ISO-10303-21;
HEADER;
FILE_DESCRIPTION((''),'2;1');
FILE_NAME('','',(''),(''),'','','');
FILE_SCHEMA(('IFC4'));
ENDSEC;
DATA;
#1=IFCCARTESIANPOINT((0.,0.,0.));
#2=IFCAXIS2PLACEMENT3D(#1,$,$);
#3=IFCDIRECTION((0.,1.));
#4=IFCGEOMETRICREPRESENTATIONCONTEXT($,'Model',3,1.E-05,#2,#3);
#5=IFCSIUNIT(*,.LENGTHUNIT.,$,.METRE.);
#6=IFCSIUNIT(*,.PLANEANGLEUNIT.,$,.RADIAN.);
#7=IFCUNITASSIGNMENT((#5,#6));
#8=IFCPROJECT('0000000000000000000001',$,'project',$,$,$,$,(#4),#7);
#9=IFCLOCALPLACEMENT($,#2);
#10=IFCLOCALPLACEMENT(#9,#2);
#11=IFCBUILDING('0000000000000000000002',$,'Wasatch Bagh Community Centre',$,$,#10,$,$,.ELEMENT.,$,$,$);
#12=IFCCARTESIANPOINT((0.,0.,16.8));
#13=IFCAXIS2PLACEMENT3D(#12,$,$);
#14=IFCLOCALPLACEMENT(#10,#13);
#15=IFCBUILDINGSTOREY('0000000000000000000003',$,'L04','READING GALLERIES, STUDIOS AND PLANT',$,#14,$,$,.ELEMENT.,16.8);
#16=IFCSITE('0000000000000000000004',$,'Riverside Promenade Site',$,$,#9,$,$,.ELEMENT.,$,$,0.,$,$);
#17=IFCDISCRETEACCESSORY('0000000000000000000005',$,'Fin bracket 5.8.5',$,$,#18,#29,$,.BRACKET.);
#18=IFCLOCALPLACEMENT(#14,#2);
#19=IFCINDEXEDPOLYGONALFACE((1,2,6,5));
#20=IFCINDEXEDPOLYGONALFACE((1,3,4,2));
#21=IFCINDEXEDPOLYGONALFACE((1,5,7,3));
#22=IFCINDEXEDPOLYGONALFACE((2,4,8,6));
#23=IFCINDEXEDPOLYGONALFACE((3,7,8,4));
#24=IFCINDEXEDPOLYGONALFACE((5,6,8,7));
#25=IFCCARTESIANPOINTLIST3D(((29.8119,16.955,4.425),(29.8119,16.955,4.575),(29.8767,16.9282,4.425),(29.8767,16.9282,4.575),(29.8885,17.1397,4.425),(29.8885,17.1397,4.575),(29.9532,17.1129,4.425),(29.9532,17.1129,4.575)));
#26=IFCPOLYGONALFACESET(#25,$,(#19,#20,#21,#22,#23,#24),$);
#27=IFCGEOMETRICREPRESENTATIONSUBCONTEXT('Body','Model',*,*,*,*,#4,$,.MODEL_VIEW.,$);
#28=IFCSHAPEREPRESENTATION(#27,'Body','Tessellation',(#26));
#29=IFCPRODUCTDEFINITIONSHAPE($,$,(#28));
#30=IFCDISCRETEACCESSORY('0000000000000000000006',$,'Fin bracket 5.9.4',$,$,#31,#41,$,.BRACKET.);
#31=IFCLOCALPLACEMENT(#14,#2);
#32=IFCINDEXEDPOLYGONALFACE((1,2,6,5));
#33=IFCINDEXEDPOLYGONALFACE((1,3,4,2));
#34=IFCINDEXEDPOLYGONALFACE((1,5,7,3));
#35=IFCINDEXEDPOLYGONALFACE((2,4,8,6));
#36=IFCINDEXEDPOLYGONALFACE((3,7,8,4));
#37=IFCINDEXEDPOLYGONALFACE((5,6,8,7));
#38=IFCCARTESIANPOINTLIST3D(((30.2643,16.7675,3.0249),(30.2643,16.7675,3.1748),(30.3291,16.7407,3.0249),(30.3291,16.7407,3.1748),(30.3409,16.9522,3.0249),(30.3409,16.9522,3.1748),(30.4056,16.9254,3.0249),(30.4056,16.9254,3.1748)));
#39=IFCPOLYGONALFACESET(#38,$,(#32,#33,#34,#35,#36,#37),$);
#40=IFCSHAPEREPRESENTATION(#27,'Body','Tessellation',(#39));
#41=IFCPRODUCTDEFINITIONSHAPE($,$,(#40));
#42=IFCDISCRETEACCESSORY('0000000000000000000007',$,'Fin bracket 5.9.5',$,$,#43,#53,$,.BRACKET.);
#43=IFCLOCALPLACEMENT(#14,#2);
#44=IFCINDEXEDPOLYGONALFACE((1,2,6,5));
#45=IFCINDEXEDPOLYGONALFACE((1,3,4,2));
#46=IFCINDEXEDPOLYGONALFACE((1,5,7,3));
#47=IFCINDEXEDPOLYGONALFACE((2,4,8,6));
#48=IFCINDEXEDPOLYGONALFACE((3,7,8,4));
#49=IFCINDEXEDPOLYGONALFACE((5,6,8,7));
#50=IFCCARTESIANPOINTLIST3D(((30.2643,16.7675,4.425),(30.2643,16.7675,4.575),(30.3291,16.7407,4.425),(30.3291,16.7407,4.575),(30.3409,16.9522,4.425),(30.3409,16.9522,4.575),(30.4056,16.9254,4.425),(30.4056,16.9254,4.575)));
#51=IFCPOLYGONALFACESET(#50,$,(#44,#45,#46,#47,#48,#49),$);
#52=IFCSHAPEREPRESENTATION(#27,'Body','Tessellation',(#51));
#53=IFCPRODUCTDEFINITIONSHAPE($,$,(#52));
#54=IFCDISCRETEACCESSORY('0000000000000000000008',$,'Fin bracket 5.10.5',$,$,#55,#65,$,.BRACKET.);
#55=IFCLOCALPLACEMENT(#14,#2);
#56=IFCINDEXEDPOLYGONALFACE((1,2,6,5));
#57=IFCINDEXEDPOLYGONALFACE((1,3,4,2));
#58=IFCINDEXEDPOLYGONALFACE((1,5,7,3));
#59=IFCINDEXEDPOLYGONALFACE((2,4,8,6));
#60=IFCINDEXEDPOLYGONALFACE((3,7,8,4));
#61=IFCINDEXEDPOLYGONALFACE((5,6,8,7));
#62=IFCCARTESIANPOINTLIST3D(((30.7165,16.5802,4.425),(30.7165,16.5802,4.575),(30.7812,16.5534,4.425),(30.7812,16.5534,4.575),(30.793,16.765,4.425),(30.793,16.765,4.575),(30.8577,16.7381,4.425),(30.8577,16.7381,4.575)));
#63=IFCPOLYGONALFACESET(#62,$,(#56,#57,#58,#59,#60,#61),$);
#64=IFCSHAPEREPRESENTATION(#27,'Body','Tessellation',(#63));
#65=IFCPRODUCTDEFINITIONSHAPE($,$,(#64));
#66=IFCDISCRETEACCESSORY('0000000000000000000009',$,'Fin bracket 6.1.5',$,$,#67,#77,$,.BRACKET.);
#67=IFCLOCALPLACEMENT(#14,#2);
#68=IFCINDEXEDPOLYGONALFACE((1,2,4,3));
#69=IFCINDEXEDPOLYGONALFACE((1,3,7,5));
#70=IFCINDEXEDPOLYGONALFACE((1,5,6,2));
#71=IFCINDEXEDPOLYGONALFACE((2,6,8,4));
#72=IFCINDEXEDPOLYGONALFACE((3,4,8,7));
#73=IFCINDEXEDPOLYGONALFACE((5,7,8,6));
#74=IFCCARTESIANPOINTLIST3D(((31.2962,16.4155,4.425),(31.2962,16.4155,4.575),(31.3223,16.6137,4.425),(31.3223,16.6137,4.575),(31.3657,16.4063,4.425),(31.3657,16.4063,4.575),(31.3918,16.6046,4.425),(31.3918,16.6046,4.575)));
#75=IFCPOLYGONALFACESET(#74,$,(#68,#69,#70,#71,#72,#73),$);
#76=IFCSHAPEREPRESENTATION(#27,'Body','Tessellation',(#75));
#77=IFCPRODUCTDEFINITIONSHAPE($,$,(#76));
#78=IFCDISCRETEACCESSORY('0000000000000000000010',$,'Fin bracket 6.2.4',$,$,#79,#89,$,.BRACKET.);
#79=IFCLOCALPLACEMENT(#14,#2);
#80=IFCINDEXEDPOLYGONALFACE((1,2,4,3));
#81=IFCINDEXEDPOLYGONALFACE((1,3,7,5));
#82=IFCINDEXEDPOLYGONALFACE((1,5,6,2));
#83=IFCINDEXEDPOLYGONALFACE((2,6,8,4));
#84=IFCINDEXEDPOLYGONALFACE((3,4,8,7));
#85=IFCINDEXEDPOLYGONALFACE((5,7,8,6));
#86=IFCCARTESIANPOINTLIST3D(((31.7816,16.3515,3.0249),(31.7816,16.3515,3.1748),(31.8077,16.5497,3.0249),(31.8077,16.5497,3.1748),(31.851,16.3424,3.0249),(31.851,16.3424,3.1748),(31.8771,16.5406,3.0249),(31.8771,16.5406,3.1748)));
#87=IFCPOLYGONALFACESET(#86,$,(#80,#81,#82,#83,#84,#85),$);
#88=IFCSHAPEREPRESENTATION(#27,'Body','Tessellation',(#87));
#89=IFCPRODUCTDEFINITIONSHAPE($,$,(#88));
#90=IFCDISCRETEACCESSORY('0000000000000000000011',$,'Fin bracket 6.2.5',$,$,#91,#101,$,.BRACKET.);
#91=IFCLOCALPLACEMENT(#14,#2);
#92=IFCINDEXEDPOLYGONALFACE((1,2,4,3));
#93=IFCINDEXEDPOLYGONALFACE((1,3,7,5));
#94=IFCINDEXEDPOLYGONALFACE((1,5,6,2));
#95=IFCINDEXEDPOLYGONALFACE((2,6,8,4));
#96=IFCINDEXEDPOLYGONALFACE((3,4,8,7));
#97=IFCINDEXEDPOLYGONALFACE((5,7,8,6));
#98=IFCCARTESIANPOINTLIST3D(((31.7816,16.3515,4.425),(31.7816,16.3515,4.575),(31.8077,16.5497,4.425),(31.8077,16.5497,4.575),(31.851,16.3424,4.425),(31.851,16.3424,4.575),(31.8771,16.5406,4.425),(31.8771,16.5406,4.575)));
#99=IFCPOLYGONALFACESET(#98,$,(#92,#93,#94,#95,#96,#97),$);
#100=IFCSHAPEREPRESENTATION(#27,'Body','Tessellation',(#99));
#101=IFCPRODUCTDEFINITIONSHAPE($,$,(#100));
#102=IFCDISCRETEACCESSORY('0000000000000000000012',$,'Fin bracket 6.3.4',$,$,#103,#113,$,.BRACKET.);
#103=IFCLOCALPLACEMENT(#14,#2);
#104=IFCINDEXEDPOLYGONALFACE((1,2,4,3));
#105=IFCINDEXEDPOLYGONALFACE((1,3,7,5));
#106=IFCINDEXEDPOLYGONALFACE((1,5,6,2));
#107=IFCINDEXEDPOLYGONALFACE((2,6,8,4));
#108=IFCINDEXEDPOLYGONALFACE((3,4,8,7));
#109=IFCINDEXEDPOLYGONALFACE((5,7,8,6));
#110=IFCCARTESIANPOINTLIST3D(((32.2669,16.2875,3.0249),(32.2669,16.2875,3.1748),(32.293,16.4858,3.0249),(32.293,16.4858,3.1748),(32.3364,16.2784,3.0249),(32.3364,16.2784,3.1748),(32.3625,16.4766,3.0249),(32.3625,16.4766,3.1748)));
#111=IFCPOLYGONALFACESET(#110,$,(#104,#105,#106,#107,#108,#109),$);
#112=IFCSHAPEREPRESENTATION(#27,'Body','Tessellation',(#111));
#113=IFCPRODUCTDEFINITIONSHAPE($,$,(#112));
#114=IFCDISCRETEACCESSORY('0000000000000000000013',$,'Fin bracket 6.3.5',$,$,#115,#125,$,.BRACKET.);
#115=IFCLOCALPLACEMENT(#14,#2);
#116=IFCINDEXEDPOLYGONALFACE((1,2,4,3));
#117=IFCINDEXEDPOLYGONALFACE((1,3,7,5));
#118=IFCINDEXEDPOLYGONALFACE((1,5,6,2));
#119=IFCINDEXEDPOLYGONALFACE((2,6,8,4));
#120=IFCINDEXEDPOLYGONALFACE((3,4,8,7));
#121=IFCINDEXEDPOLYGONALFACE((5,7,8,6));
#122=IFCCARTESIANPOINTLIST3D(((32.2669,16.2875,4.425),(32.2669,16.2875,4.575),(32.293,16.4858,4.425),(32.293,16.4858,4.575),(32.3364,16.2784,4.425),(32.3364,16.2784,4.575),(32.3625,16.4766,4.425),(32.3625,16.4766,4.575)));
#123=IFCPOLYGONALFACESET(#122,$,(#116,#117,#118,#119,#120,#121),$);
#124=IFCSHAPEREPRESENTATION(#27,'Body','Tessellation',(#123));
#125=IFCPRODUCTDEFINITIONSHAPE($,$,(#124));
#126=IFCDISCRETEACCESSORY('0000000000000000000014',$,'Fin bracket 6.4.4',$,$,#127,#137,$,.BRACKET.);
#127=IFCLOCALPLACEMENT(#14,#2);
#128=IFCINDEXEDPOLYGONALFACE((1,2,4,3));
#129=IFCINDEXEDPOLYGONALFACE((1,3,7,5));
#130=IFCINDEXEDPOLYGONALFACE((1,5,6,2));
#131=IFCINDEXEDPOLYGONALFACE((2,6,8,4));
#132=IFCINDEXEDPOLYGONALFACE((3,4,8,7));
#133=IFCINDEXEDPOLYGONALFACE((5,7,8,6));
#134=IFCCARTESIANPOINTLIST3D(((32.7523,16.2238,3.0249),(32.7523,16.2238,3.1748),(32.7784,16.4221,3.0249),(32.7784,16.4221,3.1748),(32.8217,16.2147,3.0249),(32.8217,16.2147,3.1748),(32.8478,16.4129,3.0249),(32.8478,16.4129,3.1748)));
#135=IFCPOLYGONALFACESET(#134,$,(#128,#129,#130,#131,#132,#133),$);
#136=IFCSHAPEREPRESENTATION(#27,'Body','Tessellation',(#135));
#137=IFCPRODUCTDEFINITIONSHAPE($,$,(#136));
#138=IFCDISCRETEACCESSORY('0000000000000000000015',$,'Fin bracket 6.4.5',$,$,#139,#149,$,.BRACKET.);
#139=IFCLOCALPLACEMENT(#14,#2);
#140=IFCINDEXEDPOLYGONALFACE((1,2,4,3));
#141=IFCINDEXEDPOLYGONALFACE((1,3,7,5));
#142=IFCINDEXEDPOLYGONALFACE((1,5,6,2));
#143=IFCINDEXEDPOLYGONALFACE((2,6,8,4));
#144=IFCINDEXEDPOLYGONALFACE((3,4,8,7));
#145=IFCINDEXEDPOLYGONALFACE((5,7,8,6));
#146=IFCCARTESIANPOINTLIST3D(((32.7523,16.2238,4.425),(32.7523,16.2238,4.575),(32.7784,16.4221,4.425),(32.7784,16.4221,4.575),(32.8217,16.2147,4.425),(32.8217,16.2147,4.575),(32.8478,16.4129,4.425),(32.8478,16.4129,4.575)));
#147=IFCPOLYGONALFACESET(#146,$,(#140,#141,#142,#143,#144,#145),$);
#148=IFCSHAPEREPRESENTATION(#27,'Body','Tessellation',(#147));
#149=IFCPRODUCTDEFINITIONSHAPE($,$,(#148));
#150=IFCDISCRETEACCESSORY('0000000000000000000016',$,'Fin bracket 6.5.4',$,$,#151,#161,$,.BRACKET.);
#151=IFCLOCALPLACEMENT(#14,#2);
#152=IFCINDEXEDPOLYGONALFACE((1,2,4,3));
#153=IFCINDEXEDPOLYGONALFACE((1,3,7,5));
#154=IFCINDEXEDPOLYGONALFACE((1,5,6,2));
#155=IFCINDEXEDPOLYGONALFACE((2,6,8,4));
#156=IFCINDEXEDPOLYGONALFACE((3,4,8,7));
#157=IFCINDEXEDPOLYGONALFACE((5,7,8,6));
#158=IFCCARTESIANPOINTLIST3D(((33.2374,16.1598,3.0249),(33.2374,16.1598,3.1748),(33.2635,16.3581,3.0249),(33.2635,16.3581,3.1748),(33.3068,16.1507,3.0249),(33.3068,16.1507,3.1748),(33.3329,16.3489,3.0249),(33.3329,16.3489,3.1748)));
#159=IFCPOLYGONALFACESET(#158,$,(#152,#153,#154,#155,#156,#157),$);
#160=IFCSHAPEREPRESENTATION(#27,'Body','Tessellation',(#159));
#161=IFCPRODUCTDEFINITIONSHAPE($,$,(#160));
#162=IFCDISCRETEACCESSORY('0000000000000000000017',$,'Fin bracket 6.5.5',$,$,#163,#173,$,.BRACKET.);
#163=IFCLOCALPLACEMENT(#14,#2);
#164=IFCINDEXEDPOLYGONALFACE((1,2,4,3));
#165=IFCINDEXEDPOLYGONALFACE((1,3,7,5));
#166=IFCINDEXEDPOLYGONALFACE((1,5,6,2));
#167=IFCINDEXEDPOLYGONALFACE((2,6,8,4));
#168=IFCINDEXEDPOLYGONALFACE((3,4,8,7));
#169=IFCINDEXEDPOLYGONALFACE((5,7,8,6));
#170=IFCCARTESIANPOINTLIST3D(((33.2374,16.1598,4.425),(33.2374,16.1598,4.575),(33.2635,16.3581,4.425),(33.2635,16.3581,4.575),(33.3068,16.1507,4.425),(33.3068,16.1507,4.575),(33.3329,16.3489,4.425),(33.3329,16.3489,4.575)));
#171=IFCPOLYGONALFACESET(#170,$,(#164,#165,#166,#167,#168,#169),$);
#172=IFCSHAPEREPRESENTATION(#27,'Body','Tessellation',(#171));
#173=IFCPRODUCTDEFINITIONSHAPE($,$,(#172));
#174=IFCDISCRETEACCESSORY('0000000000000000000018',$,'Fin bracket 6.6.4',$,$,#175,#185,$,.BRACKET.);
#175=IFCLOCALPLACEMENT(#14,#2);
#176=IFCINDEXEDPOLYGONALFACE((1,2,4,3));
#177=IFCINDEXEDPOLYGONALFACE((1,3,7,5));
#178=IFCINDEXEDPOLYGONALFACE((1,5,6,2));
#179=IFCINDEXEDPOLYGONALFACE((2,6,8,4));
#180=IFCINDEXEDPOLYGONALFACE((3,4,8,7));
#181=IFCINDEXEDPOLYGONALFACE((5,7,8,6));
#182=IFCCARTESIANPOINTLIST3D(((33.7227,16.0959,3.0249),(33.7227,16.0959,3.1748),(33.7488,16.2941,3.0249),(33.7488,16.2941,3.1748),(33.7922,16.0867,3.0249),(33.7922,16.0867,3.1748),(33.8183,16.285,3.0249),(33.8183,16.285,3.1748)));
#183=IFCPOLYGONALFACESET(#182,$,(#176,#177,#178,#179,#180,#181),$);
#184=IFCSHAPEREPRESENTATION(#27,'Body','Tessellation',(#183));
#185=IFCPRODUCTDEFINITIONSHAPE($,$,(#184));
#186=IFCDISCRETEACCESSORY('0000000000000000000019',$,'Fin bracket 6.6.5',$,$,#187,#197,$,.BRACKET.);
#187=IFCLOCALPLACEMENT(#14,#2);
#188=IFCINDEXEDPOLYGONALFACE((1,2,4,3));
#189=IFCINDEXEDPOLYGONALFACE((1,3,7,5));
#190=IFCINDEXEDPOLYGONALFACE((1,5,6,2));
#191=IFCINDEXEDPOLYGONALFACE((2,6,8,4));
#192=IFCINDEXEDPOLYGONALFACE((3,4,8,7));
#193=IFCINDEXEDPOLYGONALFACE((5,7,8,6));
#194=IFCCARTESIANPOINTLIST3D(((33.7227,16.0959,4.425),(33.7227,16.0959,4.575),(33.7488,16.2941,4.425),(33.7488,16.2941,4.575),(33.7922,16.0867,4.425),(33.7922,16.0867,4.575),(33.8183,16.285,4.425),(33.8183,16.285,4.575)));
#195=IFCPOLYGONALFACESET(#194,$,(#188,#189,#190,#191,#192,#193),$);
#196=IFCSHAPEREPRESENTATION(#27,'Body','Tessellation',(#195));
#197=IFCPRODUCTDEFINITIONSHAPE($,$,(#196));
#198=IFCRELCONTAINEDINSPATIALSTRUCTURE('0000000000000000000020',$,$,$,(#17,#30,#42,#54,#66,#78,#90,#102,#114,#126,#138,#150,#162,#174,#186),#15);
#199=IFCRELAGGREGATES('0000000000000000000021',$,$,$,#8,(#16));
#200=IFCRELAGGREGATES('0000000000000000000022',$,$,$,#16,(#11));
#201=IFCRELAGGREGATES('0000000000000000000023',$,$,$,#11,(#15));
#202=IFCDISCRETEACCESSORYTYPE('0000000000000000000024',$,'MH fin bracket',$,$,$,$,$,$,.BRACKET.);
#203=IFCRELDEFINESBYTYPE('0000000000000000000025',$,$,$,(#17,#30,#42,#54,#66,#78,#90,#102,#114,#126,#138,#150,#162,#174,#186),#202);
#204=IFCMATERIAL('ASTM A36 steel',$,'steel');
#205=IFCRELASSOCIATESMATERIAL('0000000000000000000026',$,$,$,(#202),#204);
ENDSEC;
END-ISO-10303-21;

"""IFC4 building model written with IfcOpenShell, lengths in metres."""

from ifc_helpers import new_model, si_unit, direction, frame, origin, origin_2d, place, context, subcontext, project, spatial, rectangle, extrude, material, type_object, element, save


model = new_model("IFC4")

# Units and contexts
model_context = context("Model", 3, precision=1e-05, world=origin(), true_north=direction((0.0, 1.0)))
body_context = subcontext(model_context, "Body", "Model", "MODEL_VIEW")
ifc_project = project(units=[si_unit("LENGTHUNIT", "METRE"), si_unit("PLANEANGLEUNIT", "RADIAN")], contexts=[model_context])

# Site, building, storey
site_placement = place(None, origin())
site = spatial("IfcSite", under=ifc_project, at=site_placement, Name="Riverside Promenade Site", CompositionType="ELEMENT", RefElevation=0.0)
building_placement = place(site_placement, origin())
building = spatial("IfcBuilding", under=site, at=building_placement, Name="Wasatch Bagh Community Centre", CompositionType="ELEMENT")
storey_placement = place(building_placement, frame((0.0, 0.0, 16.8)))
storey = spatial("IfcBuildingStorey", under=building, at=storey_placement, Name="L04", Description="READING GALLERIES, STUDIOS AND PLANT", CompositionType="ELEMENT", Elevation=16.8)

# Discrete accessories
ifc_material_1 = material(Name="ASTM A36 steel", Category="steel")
discrete_accessory_type = type_object("IfcDiscreteAccessoryType", Name="MH fin bracket", PredefinedType="BRACKET", material=ifc_material_1)
for number, where, z_axis, x_axis, name in (
    (1, (29.8826, 17.0339, 4.425), (0.0, 0.0, 1.0), (0.92388, -0.382683, 0.0), "Fin bracket 5.8.5"),
    (2, (30.335, 16.8464, 3.0249), (0.0, 0.0, 1.0), (0.92388, -0.382683, 0.0), "Fin bracket 5.9.4"),
    (3, (30.335, 16.8464, 4.425), (0.0, 0.0, 1.0), (0.92388, -0.382683, 0.0), "Fin bracket 5.9.5"),
    (4, (30.7871, 16.6592, 4.425), (0.0, 0.0, 1.0), (0.92388, -0.382683, 0.0), "Fin bracket 5.10.5"),
    (5, (31.344, 16.51, 4.425), (0.0, 0.0, 1.0), (0.991445, -0.130526, 0.0), "Fin bracket 6.1.5"),
    (6, (31.8293, 16.446, 3.0249), (0.0, 0.0, 1.0), (0.991445, -0.130526, 0.0), "Fin bracket 6.2.4"),
    (7, (31.8293, 16.446, 4.425), (0.0, 0.0, 1.0), (0.991445, -0.130526, 0.0), "Fin bracket 6.2.5"),
    (8, (32.3147, 16.3821, 3.0249), (0.0, 0.0, 1.0), (0.991445, -0.130526, 0.0), "Fin bracket 6.3.4"),
    (9, (32.3147, 16.3821, 4.425), (0.0, 0.0, 1.0), (0.991445, -0.130526, 0.0), "Fin bracket 6.3.5"),
    (10, (32.8, 16.3184, 3.0249), (0.0, 0.0, 1.0), (0.991445, -0.130526, 0.0), "Fin bracket 6.4.4"),
    (11, (32.8, 16.3184, 4.425), (0.0, 0.0, 1.0), (0.991445, -0.130526, 0.0), "Fin bracket 6.4.5"),
    (12, (33.2852, 16.2544, 3.0249), (0.0, 0.0, 1.0), (0.991445, -0.130526, 0.0), "Fin bracket 6.5.4"),
    (13, (33.2852, 16.2544, 4.425), (0.0, 0.0, 1.0), (0.991445, -0.130526, 0.0), "Fin bracket 6.5.5"),
    (14, (33.7705, 16.1904, 3.0249), (0.0, 0.0, 1.0), (0.991445, -0.130526, 0.0), "Fin bracket 6.6.4"),
    (15, (33.7705, 16.1904, 4.425), (0.0, 0.0, 1.0), (0.991445, -0.130526, 0.0), "Fin bracket 6.6.5"),
):
    element("IfcDiscreteAccessory", number, at=place(storey_placement, frame(where, z_axis=z_axis, x_axis=x_axis)), inside=storey, type_object=discrete_accessory_type, Name=name, PredefinedType="BRACKET", context=body_context, shape_type="SweptSolid", body=[
        extrude(rectangle(XDim=0.0701, YDim=0.2, at=origin_2d()), origin(), (0.0, 0.0, 1.0), 0.1499),
    ])

save(model, "model.ifc")
